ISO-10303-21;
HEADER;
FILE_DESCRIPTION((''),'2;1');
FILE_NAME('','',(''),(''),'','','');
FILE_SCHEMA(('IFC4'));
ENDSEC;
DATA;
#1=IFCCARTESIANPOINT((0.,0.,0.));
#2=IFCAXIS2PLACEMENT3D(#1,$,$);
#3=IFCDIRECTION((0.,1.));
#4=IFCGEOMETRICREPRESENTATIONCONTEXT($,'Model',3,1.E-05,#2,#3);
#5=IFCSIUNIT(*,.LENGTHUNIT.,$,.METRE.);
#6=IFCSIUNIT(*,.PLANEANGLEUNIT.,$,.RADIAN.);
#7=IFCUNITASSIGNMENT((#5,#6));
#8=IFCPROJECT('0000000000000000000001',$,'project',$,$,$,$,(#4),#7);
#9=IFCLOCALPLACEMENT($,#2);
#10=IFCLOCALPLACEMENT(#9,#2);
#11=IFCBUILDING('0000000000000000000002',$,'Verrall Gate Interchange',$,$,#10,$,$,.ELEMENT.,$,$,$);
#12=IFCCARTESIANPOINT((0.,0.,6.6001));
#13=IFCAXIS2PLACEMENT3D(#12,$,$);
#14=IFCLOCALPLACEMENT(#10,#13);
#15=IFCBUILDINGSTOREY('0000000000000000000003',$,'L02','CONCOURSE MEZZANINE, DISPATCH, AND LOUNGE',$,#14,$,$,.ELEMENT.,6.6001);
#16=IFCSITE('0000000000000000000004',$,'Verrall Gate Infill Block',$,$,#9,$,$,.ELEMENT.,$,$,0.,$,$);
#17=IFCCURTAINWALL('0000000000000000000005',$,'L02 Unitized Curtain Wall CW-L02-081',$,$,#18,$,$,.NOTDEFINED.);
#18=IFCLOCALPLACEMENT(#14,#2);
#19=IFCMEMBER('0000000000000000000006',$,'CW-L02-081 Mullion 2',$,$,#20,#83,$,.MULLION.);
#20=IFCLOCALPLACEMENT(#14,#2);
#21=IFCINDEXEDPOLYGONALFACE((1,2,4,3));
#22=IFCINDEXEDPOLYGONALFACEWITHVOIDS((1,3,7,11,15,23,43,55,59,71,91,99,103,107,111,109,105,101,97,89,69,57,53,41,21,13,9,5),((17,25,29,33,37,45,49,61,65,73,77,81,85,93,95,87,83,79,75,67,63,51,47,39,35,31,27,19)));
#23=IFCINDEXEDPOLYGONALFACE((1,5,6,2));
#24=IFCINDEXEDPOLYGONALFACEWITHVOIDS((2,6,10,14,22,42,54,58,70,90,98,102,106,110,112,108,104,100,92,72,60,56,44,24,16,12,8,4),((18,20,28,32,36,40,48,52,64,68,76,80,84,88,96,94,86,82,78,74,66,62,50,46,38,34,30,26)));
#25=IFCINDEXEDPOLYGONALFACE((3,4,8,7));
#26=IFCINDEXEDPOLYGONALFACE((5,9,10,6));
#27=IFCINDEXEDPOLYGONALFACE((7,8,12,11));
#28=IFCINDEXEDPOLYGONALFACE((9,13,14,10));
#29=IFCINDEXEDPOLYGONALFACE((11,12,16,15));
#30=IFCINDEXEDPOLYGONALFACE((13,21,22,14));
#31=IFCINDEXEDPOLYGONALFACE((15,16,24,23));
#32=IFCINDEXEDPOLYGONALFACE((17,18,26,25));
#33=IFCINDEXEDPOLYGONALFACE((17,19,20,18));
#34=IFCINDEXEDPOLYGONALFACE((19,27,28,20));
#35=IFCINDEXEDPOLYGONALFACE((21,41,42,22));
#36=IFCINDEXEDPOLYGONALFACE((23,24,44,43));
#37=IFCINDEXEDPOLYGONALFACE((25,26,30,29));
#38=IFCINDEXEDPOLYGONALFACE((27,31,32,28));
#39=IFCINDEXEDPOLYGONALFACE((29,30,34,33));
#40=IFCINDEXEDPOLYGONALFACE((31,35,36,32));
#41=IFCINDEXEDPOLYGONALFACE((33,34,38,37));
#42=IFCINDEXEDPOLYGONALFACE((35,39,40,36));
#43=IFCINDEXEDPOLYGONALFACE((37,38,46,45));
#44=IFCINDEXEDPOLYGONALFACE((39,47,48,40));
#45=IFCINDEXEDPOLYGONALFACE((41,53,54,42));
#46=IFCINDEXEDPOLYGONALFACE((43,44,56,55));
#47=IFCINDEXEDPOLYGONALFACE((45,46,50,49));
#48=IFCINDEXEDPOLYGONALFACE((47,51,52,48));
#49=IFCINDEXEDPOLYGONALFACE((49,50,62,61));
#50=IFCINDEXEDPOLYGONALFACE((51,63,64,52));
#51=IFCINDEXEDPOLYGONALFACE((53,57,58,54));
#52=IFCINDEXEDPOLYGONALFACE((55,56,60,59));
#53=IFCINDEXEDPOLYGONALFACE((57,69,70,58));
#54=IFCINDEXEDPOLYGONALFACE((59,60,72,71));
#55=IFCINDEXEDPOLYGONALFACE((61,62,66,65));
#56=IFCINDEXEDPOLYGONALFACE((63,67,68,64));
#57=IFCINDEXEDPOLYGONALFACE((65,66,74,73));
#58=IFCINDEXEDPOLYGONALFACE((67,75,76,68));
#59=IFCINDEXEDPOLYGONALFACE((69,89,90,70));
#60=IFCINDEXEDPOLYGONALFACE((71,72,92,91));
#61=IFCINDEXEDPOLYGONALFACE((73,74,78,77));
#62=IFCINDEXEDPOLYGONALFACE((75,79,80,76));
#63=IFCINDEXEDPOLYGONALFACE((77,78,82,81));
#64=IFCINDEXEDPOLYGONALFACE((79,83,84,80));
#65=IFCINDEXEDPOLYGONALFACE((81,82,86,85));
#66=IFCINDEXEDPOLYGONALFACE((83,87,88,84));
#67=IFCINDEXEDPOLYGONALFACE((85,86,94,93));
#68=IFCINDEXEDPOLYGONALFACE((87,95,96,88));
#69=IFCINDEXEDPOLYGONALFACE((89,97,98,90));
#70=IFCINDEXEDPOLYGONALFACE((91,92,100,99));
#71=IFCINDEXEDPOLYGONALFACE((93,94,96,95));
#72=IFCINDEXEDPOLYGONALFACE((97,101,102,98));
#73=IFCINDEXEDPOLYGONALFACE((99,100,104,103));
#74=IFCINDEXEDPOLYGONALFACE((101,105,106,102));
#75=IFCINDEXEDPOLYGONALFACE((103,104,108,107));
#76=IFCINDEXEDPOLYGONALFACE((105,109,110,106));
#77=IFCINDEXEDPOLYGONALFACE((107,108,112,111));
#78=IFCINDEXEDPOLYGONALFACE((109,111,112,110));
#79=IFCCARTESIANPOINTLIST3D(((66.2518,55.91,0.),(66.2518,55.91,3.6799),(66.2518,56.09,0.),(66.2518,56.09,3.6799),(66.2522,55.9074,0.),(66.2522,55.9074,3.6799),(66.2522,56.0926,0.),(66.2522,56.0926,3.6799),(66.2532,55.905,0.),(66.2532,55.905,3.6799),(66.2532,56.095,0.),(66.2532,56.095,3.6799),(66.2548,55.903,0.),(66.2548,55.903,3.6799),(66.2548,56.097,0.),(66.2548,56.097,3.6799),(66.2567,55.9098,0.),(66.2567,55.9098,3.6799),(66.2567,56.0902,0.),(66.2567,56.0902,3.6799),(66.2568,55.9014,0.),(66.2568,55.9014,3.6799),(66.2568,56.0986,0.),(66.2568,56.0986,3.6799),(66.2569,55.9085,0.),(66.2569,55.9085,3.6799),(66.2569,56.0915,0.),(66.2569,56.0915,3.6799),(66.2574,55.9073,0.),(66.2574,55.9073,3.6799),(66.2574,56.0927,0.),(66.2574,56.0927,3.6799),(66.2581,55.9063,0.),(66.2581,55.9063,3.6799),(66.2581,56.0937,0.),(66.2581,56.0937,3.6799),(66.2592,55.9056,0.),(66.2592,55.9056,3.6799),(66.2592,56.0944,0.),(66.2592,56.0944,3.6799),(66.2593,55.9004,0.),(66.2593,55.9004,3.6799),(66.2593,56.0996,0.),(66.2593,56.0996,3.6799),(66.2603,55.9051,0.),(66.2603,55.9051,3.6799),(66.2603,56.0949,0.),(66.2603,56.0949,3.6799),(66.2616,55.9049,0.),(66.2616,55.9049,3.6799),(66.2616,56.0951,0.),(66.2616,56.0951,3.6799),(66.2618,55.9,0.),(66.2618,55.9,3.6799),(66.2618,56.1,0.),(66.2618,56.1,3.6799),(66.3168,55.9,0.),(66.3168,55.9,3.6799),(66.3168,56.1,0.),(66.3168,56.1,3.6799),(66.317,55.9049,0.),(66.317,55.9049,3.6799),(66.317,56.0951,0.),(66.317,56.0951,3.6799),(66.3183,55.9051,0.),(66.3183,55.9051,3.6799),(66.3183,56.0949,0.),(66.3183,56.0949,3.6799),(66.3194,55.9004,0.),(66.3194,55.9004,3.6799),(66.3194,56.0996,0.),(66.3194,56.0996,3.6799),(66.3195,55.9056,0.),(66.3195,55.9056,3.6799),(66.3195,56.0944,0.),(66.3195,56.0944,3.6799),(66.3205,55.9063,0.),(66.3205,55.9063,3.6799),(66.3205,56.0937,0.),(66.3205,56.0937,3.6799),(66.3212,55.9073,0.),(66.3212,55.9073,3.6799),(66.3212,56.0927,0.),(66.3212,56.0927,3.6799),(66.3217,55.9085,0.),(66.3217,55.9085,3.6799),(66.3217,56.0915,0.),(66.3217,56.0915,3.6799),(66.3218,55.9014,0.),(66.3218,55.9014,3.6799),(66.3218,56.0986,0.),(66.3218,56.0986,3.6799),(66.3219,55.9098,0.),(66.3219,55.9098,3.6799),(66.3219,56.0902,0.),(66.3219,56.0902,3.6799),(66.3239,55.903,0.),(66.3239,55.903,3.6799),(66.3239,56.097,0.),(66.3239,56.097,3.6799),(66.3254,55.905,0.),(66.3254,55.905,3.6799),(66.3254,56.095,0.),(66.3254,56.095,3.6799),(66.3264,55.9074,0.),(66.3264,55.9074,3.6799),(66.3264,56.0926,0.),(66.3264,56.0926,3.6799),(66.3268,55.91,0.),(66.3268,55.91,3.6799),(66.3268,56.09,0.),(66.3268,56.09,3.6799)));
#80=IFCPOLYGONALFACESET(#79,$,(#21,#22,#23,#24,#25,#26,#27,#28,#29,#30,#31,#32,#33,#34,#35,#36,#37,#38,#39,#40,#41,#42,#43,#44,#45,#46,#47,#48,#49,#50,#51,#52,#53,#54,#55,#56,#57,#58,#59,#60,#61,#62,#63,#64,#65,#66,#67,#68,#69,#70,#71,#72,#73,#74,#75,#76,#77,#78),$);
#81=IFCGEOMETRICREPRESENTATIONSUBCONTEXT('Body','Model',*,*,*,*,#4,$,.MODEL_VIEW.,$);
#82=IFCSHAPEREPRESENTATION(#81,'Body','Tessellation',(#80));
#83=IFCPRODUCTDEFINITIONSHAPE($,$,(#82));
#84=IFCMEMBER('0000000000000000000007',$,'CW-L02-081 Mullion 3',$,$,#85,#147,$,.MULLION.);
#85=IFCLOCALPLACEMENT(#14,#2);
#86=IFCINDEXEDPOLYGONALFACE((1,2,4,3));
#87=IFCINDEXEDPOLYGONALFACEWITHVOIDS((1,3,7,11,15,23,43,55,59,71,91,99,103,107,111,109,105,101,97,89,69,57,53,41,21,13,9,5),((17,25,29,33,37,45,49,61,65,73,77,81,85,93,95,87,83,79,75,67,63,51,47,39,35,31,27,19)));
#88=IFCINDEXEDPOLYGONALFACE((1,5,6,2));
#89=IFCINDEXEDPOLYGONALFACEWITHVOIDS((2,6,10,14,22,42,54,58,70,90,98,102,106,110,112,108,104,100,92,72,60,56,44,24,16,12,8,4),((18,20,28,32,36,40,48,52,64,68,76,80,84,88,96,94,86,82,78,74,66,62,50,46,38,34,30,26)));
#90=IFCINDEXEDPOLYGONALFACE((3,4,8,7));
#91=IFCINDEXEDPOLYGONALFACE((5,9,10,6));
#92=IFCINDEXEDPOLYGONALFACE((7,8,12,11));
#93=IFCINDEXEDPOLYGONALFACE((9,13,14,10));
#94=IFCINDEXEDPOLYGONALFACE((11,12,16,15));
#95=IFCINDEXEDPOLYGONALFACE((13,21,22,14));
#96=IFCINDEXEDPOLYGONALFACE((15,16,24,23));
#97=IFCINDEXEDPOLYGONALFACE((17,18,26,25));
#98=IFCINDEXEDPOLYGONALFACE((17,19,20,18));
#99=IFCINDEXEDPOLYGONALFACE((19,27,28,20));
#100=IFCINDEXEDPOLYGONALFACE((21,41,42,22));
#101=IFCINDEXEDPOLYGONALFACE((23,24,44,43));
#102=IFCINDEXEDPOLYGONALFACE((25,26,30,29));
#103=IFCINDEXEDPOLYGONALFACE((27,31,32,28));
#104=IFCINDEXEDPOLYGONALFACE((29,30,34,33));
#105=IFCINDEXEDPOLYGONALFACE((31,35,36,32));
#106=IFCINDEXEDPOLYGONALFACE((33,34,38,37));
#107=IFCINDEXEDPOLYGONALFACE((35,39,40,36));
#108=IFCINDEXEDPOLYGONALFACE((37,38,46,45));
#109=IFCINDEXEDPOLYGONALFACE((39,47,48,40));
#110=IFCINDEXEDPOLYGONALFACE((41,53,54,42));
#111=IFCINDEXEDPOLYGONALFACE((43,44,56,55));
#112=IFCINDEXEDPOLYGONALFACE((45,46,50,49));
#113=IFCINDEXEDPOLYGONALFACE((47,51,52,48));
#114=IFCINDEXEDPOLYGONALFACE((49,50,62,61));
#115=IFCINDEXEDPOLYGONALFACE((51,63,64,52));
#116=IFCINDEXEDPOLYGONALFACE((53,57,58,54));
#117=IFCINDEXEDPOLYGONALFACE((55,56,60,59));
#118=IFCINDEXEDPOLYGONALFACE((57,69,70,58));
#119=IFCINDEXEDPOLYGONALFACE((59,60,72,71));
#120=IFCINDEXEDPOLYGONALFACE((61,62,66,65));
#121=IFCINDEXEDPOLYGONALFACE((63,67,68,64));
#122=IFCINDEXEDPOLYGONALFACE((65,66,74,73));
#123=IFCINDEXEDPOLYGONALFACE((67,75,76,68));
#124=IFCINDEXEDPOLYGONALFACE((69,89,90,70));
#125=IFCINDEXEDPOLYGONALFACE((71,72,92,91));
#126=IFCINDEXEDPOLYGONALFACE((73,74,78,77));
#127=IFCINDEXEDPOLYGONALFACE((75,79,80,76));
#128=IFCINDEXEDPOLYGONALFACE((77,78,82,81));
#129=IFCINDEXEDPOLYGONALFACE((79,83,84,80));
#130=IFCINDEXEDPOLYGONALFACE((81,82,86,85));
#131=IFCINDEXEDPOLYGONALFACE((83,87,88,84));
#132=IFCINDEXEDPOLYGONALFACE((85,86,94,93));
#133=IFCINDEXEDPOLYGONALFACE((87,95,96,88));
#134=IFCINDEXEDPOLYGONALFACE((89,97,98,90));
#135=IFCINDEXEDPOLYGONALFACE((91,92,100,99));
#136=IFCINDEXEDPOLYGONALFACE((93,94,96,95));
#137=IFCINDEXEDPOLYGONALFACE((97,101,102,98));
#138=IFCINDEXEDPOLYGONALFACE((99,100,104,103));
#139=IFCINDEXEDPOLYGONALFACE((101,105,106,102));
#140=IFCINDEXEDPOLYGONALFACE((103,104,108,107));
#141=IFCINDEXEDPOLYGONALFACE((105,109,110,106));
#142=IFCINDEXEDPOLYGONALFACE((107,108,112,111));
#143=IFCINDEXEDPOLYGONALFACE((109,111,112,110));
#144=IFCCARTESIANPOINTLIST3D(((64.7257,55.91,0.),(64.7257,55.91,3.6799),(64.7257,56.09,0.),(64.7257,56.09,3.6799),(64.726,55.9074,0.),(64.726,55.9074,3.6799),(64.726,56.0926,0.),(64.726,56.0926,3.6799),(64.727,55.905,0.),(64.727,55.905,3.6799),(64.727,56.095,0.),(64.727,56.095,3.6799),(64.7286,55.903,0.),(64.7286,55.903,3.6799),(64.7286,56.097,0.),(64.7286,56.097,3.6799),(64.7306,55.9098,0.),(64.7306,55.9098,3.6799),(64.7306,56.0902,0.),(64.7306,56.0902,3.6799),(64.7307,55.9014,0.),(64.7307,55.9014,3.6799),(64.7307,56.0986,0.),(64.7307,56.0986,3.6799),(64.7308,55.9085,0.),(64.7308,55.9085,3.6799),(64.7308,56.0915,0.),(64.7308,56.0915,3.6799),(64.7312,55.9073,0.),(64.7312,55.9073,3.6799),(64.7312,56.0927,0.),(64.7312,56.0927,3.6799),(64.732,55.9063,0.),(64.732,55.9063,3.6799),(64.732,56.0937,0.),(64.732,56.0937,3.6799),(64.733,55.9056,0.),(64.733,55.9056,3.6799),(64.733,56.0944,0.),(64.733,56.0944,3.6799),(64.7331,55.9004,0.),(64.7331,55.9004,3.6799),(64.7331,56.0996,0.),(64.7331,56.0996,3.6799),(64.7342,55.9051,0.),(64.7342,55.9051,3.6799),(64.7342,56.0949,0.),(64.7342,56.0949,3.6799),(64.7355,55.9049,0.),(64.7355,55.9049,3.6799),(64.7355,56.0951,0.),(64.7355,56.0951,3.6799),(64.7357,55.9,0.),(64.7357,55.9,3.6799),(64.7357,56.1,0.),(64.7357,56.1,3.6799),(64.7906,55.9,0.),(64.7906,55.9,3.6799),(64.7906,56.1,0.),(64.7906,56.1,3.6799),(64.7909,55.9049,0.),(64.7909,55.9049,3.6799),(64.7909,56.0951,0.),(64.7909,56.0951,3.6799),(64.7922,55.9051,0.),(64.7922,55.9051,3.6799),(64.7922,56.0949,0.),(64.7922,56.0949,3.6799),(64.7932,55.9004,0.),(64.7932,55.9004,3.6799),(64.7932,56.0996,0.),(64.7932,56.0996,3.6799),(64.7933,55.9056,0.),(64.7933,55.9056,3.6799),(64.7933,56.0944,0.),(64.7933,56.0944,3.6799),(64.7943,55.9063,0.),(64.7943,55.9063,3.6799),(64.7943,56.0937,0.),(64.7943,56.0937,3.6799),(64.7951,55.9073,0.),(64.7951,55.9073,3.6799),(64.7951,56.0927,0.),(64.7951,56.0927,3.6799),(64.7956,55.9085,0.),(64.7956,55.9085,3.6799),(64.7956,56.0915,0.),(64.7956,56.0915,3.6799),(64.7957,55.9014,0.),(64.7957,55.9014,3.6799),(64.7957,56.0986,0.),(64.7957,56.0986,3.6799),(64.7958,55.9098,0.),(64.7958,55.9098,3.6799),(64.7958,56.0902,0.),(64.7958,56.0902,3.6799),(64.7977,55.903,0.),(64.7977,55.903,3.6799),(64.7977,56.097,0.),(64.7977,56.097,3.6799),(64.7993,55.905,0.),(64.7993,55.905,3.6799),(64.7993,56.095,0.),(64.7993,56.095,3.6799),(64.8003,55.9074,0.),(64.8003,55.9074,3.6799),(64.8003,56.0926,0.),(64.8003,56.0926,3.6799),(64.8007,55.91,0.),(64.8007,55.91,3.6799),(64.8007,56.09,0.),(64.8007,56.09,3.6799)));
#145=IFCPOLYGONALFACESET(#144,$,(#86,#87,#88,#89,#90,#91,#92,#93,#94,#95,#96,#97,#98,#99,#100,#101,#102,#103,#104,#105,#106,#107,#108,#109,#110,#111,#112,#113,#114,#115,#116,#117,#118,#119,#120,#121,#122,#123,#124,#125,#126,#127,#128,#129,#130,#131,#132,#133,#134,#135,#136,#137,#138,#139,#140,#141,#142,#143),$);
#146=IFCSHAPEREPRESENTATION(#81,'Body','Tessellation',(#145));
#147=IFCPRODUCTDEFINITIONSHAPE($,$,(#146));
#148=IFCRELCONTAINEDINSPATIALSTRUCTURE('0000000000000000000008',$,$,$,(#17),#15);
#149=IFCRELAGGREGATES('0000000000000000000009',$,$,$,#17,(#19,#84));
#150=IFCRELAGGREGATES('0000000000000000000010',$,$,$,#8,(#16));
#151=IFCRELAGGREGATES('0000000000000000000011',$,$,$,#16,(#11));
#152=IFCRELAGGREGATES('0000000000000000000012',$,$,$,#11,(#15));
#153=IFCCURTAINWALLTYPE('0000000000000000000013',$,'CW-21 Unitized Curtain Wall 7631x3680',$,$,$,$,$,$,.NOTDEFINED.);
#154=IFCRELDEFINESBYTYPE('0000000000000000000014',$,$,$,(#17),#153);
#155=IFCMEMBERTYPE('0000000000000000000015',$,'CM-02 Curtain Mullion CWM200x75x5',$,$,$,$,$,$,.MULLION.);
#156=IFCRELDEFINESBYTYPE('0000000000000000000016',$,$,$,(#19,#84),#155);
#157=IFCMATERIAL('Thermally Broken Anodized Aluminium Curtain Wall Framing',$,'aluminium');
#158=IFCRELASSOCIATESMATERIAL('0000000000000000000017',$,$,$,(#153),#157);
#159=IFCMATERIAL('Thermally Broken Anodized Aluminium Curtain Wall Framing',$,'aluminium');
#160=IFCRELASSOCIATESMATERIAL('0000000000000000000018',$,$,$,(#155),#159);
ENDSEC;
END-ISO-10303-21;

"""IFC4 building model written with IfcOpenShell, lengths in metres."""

from ifc_helpers import new_model, si_unit, direction, frame, origin, origin_2d, place, context, subcontext, project, spatial, hollow_rectangle, extrude, material, material_profile, profile_set, type_object, element, aggregate, save


model = new_model("IFC4")

# Units and contexts
model_context = context("Model", 3, precision=1e-05, world=origin(), true_north=direction((0.0, 1.0)))
body_context = subcontext(model_context, "Body", "Model", "MODEL_VIEW")
ifc_project = project(units=[si_unit("LENGTHUNIT", "METRE"), si_unit("PLANEANGLEUNIT", "RADIAN")], contexts=[model_context])

# Site, building, storey
site_placement = place(None, origin())
site = spatial("IfcSite", under=ifc_project, at=site_placement, Name="Verrall Gate Infill Block", CompositionType="ELEMENT", RefElevation=0.0)
building_placement = place(site_placement, origin())
building = spatial("IfcBuilding", under=site, at=building_placement, Name="Verrall Gate Interchange", CompositionType="ELEMENT")
storey_placement = place(building_placement, frame((0.0, 0.0, 6.6001)))
storey = spatial("IfcBuildingStorey", under=building, at=storey_placement, Name="L02", Description="CONCOURSE MEZZANINE, DISPATCH, AND LOUNGE", CompositionType="ELEMENT", Elevation=6.6001)

# Curtain wall, members
ifc_material_1 = material(Name="Thermally Broken Anodized Aluminium Curtain Wall Framing", Category="aluminium")
curtain_wall_type = type_object("IfcCurtainWallType", Name="CW-21 Unitized Curtain Wall 7631x3680", PredefinedType="NOTDEFINED", material=ifc_material_1)
curtain_wall_1_placement = place(storey_placement, origin())
curtain_wall_1 = element("IfcCurtainWall", 1, at=curtain_wall_1_placement, inside=storey, type_object=curtain_wall_type, Name="L02 Unitized Curtain Wall CW-L02-081", PredefinedType="NOTDEFINED")
ifc_material_2 = material(Name="Thermally Broken Anodized Aluminium Curtain Wall Framing", Category="aluminium")
ifc_material_profile_1 = material_profile(ifc_material_2, hollow_rectangle(XDim=0.075, YDim=0.2, WallThickness=0.0049, InnerFilletRadius=0.0049, OuterFilletRadius=0.01, at=origin_2d()), Name="CWM200x75x5")
ifc_profile_set_1 = profile_set([ifc_material_profile_1], Name="Thermally Broken Anodized Aluminium Curtain Wall Framing")
member_type_1 = type_object("IfcMemberType", Name="CM-02 Curtain Mullion CWM200x75x5", PredefinedType="MULLION", material=ifc_profile_set_1)
member_1_placement = place(storey_placement, frame((66.2893, 56.0, 0.0), z_axis=(0.0, 0.0, 1.0), x_axis=(-1.0, 0.0, 0.0)))
member_1 = element("IfcMember", 2, at=member_1_placement, type_object=member_type_1, Name="CW-L02-081 Mullion 2", PredefinedType="MULLION", context=body_context, shape_type="SweptSolid", body=[
    extrude(hollow_rectangle(XDim=0.075, YDim=0.2, WallThickness=0.0049, InnerFilletRadius=0.0049, OuterFilletRadius=0.01, at=origin_2d()), origin(), (0.0, 0.0, 1.0), 3.6799),
])
member_2_placement = place(storey_placement, frame((64.7632, 56.0, 0.0), z_axis=(0.0, 0.0, 1.0), x_axis=(-1.0, 0.0, 0.0)))
member_2 = element("IfcMember", 3, at=member_2_placement, type_object=member_type_1, Name="CW-L02-081 Mullion 3", PredefinedType="MULLION", context=body_context, shape_type="SweptSolid", body=[
    extrude(hollow_rectangle(XDim=0.075, YDim=0.2, WallThickness=0.0049, InnerFilletRadius=0.0049, OuterFilletRadius=0.01, at=origin_2d()), origin(), (0.0, 0.0, 1.0), 3.6799),
])

aggregate(curtain_wall_1, [member_1, member_2])

save(model, "model.ifc")
